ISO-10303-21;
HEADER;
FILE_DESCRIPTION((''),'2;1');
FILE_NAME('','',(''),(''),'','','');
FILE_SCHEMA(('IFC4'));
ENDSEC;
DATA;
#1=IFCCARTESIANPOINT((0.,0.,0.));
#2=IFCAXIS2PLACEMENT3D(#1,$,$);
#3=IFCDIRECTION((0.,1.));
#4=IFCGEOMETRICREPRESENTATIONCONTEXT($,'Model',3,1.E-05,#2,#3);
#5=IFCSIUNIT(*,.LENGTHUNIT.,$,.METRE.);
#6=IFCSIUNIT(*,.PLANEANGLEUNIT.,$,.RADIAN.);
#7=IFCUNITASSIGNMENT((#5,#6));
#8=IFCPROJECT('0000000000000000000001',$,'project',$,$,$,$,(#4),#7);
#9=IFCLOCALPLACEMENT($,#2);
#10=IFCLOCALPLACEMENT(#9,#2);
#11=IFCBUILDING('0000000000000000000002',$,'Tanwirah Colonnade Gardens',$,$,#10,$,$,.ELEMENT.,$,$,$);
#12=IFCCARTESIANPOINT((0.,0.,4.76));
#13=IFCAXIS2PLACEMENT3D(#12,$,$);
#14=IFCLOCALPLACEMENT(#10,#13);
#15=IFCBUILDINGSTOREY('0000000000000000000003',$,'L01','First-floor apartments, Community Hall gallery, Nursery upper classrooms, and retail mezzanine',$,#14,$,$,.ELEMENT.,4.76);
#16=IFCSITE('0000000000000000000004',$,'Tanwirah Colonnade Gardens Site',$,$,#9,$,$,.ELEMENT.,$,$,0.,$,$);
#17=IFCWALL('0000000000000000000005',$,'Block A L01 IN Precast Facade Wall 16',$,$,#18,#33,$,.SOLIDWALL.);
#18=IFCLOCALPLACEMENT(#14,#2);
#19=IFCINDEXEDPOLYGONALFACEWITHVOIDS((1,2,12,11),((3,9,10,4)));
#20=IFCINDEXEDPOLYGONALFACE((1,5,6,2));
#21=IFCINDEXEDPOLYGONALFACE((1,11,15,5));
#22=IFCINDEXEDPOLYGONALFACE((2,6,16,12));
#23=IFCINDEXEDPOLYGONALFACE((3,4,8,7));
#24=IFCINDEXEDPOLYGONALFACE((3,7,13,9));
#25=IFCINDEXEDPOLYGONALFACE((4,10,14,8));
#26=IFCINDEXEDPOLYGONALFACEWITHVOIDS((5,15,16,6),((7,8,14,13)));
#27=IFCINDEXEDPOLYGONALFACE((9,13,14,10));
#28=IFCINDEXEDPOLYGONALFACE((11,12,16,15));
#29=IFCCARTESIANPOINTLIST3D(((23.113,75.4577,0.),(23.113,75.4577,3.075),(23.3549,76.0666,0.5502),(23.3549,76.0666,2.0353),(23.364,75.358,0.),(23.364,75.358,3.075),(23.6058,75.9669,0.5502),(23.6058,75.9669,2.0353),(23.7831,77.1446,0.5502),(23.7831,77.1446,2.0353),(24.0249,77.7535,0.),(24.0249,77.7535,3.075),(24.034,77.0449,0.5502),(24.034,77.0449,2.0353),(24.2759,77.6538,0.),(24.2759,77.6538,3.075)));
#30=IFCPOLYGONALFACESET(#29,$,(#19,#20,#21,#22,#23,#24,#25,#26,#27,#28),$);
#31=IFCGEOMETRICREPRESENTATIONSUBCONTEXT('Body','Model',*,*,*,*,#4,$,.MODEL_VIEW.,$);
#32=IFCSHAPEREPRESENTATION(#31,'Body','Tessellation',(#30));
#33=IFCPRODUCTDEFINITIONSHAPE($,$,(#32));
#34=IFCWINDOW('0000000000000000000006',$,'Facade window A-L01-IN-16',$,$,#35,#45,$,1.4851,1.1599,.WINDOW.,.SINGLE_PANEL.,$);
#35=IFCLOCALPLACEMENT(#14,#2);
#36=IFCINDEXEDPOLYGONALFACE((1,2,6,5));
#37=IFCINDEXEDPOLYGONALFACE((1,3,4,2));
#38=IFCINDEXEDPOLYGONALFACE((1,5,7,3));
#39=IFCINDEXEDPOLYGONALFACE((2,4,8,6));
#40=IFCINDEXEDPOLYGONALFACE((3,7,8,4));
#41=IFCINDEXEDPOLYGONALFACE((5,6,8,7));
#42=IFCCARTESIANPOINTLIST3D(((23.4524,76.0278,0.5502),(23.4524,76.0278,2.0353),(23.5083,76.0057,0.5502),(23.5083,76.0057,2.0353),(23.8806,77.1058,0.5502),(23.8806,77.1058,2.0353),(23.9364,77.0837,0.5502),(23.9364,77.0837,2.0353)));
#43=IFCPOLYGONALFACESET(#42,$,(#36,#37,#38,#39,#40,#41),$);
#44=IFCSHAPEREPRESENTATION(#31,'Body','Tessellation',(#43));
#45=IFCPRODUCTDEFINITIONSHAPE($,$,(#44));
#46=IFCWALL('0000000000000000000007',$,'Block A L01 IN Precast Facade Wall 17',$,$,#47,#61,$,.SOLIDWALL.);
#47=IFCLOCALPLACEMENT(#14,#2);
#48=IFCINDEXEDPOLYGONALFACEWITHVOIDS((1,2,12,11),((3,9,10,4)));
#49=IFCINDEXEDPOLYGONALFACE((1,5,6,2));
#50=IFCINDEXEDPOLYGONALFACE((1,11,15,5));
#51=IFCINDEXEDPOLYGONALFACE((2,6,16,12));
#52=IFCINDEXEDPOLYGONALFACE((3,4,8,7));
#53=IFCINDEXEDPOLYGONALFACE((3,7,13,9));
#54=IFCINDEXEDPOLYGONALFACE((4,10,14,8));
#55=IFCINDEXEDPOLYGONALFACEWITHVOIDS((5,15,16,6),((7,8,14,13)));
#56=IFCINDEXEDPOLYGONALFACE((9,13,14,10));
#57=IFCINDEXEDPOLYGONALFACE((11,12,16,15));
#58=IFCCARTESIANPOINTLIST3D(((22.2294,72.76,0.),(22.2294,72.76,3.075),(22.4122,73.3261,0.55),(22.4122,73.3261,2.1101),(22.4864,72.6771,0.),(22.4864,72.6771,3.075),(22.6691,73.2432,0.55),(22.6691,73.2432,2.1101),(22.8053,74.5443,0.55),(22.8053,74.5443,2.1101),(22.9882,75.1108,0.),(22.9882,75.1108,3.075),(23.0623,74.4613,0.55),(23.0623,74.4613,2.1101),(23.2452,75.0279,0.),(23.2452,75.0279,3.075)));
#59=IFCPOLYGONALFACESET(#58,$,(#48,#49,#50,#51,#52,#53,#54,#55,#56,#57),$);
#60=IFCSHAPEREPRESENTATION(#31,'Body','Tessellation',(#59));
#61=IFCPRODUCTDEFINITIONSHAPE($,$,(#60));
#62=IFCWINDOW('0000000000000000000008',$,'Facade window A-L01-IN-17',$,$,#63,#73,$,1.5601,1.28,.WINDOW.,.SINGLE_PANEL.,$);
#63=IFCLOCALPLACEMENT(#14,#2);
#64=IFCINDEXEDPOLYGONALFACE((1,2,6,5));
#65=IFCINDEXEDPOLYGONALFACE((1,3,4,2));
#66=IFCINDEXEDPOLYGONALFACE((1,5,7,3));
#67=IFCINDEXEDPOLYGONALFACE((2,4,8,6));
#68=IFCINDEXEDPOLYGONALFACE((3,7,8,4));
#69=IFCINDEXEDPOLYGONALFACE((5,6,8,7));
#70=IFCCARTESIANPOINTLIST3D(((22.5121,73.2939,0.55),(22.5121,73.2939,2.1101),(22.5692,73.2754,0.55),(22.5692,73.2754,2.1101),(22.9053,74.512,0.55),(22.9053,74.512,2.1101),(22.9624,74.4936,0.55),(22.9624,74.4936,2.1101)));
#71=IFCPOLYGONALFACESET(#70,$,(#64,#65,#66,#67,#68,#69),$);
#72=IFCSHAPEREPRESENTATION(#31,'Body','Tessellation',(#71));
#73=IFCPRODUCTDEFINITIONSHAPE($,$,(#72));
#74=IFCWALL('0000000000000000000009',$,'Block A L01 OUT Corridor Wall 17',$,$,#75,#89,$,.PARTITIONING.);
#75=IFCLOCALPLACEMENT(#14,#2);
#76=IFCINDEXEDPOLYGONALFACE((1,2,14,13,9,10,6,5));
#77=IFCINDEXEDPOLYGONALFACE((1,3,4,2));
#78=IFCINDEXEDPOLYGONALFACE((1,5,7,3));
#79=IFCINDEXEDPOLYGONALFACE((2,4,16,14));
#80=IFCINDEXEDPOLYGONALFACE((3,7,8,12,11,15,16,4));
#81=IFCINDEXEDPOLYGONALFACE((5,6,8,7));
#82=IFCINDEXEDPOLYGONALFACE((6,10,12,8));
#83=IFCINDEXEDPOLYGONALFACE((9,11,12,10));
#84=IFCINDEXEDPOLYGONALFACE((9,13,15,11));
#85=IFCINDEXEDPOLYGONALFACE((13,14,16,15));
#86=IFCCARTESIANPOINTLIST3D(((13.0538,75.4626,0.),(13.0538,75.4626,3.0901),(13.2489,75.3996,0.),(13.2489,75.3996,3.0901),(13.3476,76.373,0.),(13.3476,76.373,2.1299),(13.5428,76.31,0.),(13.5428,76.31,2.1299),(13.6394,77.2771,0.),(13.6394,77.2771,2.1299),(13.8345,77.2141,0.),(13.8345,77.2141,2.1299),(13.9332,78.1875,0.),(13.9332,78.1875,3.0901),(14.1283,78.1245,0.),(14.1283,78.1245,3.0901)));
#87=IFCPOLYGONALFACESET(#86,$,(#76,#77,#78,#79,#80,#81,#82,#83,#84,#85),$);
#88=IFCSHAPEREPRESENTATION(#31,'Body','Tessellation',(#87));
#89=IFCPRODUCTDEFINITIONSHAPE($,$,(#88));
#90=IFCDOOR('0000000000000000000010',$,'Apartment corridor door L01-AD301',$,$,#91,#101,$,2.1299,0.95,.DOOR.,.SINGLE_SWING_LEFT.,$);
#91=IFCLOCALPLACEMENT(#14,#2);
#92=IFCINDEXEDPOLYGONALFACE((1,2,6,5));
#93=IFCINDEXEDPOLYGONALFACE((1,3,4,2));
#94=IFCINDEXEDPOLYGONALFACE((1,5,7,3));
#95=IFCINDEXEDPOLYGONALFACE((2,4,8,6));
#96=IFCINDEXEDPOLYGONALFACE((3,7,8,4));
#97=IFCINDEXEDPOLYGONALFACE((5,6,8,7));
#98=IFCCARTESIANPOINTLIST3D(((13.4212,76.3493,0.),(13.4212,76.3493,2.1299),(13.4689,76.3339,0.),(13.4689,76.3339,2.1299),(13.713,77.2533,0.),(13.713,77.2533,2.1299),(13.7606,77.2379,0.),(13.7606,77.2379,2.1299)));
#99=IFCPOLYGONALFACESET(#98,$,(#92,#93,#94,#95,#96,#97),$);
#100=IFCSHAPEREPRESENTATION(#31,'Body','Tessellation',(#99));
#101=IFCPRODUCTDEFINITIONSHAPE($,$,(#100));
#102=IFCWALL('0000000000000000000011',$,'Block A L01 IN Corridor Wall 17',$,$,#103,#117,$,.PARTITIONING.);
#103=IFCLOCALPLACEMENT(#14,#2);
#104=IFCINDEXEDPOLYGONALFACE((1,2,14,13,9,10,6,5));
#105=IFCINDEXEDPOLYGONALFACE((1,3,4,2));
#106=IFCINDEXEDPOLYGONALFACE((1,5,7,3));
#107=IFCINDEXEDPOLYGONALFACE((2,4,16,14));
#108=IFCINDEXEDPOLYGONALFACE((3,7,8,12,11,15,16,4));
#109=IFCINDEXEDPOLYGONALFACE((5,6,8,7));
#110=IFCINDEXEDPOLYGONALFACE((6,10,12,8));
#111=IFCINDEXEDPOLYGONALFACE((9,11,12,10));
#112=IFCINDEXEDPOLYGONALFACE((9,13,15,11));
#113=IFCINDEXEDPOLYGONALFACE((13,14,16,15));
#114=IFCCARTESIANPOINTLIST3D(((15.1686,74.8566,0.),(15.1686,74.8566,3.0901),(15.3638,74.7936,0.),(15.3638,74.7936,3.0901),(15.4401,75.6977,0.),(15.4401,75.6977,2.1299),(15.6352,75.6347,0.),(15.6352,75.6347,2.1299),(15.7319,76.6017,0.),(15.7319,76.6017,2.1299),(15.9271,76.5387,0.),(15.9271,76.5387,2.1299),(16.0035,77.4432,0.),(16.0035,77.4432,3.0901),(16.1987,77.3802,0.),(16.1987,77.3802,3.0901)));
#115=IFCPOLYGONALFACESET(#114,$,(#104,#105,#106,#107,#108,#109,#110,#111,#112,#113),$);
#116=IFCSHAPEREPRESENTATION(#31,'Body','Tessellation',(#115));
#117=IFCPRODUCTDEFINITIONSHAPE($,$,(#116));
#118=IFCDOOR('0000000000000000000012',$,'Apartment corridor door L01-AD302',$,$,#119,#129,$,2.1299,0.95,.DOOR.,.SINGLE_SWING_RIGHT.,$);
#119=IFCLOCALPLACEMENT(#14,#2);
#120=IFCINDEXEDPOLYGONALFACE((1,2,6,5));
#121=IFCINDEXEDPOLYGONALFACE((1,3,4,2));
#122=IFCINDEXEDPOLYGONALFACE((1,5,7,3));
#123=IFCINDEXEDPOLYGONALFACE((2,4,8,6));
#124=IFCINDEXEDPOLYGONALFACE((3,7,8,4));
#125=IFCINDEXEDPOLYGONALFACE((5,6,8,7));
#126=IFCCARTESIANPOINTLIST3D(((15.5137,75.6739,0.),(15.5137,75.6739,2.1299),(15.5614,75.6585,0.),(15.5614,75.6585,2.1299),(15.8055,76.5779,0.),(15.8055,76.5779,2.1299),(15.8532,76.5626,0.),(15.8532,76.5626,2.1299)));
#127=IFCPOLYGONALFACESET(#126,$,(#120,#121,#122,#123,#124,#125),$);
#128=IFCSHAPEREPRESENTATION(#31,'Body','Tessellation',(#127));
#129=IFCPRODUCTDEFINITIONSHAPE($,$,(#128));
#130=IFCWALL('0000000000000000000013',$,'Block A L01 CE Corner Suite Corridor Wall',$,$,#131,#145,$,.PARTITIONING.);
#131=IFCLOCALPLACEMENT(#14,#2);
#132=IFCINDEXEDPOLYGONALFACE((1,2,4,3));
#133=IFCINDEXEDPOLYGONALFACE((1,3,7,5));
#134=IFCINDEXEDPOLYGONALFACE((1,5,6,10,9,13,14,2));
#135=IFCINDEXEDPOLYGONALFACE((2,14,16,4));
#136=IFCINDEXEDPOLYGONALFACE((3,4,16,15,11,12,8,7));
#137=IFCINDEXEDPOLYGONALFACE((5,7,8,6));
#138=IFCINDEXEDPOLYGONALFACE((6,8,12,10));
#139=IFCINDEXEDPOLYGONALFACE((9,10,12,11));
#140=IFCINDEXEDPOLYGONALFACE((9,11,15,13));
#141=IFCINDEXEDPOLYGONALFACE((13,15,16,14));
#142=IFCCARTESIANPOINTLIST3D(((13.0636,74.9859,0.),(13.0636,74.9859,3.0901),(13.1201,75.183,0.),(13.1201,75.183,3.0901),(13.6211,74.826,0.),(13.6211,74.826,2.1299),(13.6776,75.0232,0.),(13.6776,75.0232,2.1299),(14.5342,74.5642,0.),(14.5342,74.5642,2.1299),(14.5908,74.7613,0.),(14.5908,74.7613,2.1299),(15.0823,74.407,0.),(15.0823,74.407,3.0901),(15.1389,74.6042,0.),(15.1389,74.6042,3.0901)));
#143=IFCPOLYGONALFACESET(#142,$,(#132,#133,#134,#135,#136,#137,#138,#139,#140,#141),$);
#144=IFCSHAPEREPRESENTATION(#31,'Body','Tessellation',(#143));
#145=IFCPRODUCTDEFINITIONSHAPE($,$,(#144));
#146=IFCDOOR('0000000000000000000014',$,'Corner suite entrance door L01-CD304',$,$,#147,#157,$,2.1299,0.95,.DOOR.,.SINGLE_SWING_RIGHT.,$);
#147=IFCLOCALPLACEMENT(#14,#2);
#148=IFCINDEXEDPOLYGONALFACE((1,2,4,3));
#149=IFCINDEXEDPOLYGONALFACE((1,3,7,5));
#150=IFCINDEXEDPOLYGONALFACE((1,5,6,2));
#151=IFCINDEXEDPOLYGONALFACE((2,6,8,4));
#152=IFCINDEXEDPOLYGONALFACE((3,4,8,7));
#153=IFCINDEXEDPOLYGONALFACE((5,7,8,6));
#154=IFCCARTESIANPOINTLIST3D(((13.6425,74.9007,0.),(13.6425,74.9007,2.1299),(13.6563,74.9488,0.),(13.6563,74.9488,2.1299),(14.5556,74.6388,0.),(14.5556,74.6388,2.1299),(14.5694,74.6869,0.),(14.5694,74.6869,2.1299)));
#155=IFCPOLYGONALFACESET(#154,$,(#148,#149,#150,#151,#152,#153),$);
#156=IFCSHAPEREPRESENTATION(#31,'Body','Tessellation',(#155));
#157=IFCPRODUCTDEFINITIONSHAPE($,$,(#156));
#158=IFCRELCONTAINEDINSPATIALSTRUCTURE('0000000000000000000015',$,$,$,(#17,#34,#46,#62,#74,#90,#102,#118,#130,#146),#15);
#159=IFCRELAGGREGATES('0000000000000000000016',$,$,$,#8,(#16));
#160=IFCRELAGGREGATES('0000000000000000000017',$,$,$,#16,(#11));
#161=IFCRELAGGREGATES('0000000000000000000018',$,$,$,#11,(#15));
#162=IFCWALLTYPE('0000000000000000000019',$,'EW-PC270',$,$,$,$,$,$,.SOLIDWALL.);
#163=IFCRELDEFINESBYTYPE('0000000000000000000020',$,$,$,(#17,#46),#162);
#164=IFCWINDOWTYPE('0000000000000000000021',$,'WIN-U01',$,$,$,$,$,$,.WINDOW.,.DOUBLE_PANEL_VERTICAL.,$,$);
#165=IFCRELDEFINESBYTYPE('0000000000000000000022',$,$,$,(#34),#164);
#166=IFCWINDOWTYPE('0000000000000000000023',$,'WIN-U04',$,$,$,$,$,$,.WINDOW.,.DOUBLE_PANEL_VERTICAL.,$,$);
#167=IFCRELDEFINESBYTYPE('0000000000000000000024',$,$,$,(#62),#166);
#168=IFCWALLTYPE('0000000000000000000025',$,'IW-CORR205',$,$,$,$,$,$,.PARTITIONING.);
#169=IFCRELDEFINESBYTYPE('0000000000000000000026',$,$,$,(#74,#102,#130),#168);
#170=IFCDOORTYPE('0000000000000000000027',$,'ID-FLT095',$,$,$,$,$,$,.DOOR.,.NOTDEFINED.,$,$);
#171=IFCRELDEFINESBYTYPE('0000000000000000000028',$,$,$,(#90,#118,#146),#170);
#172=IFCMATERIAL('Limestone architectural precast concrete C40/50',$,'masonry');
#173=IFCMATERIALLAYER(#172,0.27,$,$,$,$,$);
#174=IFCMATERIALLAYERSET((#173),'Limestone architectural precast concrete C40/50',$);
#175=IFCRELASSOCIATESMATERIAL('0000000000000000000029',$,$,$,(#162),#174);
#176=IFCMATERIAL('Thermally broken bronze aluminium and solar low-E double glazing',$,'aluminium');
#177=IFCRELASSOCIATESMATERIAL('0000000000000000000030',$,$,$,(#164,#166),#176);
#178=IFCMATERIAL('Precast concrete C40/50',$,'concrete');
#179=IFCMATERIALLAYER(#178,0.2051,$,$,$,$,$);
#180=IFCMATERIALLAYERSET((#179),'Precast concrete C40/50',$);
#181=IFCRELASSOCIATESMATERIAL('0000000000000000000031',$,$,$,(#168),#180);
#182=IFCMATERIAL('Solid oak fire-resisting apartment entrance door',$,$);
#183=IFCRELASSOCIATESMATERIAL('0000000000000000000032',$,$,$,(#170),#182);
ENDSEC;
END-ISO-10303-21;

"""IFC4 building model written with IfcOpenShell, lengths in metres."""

from ifc_helpers import new_model, si_unit, direction, frame, frame_2d, origin, place, context, subcontext, project, spatial, rectangle, extrude, material, layer, layer_set, type_object, element, fill, save


model = new_model("IFC4")

# Units and contexts
model_context = context("Model", 3, precision=1e-05, world=origin(), true_north=direction((0.0, 1.0)))
body_context = subcontext(model_context, "Body", "Model", "MODEL_VIEW")
ifc_project = project(units=[si_unit("LENGTHUNIT", "METRE"), si_unit("PLANEANGLEUNIT", "RADIAN")], contexts=[model_context])

# Site, building, storey
site_placement = place(None, origin())
site = spatial("IfcSite", under=ifc_project, at=site_placement, Name="Tanwirah Colonnade Gardens Site", CompositionType="ELEMENT", RefElevation=0.0)
building_placement = place(site_placement, origin())
building = spatial("IfcBuilding", under=site, at=building_placement, Name="Tanwirah Colonnade Gardens", CompositionType="ELEMENT")
storey_placement = place(building_placement, frame((0.0, 0.0, 4.76)))
storey = spatial("IfcBuildingStorey", under=building, at=storey_placement, Name="L01", Description="First-floor apartments, Community Hall gallery, Nursery upper classrooms, and retail mezzanine", CompositionType="ELEMENT", Elevation=4.76)

# Shared definitions
ifc_material_1 = material(Name="Precast concrete C40/50", Category="concrete")

# Walls, openings, windows
ifc_material_2 = material(Name="Limestone architectural precast concrete C40/50", Category="masonry")
ifc_layer_1 = layer(ifc_material_2, 0.27)
ifc_layer_set_1 = layer_set([ifc_layer_1], Name="Limestone architectural precast concrete C40/50")
wall_type_1 = type_object("IfcWallType", Name="EW-PC270", PredefinedType="SOLIDWALL", material=ifc_layer_set_1)
wall_1_placement = place(storey_placement, frame((24.1504, 77.7036, 0.0), z_axis=(0.0, 0.0, 1.0), x_axis=(-0.369157, -0.929367, 0.0)))
wall_1 = element("IfcWall", 1, at=wall_1_placement, inside=storey, type_object=wall_type_1, Name="Block A L01 IN Precast Facade Wall 16", PredefinedType="SOLIDWALL", context=body_context, shape_type="SweptSolid", body=[
    extrude(rectangle(XDim=2.4702, YDim=0.27, at=frame_2d((1.2351, 0.0))), origin(), (0.0, 0.0, 1.0), 3.075),
])
opening_1_placement = place(wall_1_placement, frame((0.655, 0.0, 0.55)))
opening_1 = element("IfcOpeningElement", 2, at=opening_1_placement, cuts=wall_1, PredefinedType="OPENING", context=body_context, shape_type="SweptSolid", body=[
    extrude(rectangle(XDim=1.1599, YDim=1.4851, at=frame_2d((0.5801, 0.7427))), frame((0.0, 0.145, 0.0), z_axis=(0.0, -1.0, 0.0), x_axis=(1.0, 0.0, 0.0)), (0.0, 0.0, 1.0), 0.29),
])
ifc_material_3 = material(Name="Thermally broken bronze aluminium and solar low-E double glazing", Category="aluminium")
window_type_1 = type_object("IfcWindowType", Name="WIN-U01", PartitioningType="DOUBLE_PANEL_VERTICAL", PredefinedType="WINDOW", material=ifc_material_3)
window_1_placement = place(opening_1_placement, origin())
window_1 = element("IfcWindow", 3, at=window_1_placement, inside=storey, type_object=window_type_1, Name="Facade window A-L01-IN-16", OverallHeight=1.4851, OverallWidth=1.1599, PartitioningType="SINGLE_PANEL", PredefinedType="WINDOW", context=body_context, shape_type="SweptSolid", body=[
    extrude(rectangle(XDim=1.1599, YDim=1.4851, at=frame_2d((0.5801, 0.7427))), frame((0.0, 0.03, 0.0), z_axis=(0.0, -1.0, 0.0), x_axis=(1.0, 0.0, 0.0)), (0.0, 0.0, 1.0), 0.0601),
])
fill(opening_1, window_1)
wall_2_placement = place(storey_placement, frame((23.1167, 75.0693, 0.0), z_axis=(0.0, 0.0, 1.0), x_axis=(-0.30717, -0.951655, 0.0)))
wall_2 = element("IfcWall", 4, at=wall_2_placement, inside=storey, type_object=wall_type_1, Name="Block A L01 IN Precast Facade Wall 17", PredefinedType="SOLIDWALL", context=body_context, shape_type="SweptSolid", body=[
    extrude(rectangle(XDim=2.4702, YDim=0.27, at=frame_2d((1.2351, 0.0))), origin(), (0.0, 0.0, 1.0), 3.075),
])
opening_2_placement = place(wall_2_placement, frame((0.5952, 0.0, 0.55)))
opening_2 = element("IfcOpeningElement", 5, at=opening_2_placement, cuts=wall_2, PredefinedType="OPENING", context=body_context, shape_type="SweptSolid", body=[
    extrude(rectangle(XDim=1.28, YDim=1.5601, at=frame_2d((0.6401, 0.78))), frame((0.0, 0.145, 0.0), z_axis=(0.0, -1.0, 0.0), x_axis=(1.0, 0.0, 0.0)), (0.0, 0.0, 1.0), 0.29),
])
window_type_2 = type_object("IfcWindowType", Name="WIN-U04", PartitioningType="DOUBLE_PANEL_VERTICAL", PredefinedType="WINDOW", material=ifc_material_3)
window_2_placement = place(opening_2_placement, origin())
window_2 = element("IfcWindow", 6, at=window_2_placement, inside=storey, type_object=window_type_2, Name="Facade window A-L01-IN-17", OverallHeight=1.5601, OverallWidth=1.28, PartitioningType="SINGLE_PANEL", PredefinedType="WINDOW", context=body_context, shape_type="SweptSolid", body=[
    extrude(rectangle(XDim=1.28, YDim=1.5601, at=frame_2d((0.6401, 0.78))), frame((0.0, 0.03, 0.0), z_axis=(0.0, -1.0, 0.0), x_axis=(1.0, 0.0, 0.0)), (0.0, 0.0, 1.0), 0.0601),
])
fill(opening_2, window_2)

# Walls, openings, doors
ifc_layer_2 = layer(ifc_material_1, 0.2051)
ifc_layer_set_2 = layer_set([ifc_layer_2], Name="Precast concrete C40/50")
wall_type_2 = type_object("IfcWallType", Name="IW-CORR205", PredefinedType="PARTITIONING", material=ifc_layer_set_2)
wall_3_placement = place(storey_placement, frame((14.0308, 78.156, 0.0), z_axis=(0.0, 0.0, 1.0), x_axis=(-0.307132, -0.951667, 0.0)))
wall_3 = element("IfcWall", 7, at=wall_3_placement, inside=storey, type_object=wall_type_2, Name="Block A L01 OUT Corridor Wall 17", PredefinedType="PARTITIONING", context=body_context, shape_type="SweptSolid", body=[
    extrude(rectangle(XDim=2.8633, YDim=0.2051, at=frame_2d((1.4316, 0.0))), origin(), (0.0, 0.0, 1.0), 3.0901),
])
opening_3_placement = place(wall_3_placement, frame((0.9565, 0.0, 0.0)))
opening_3 = element("IfcOpeningElement", 8, at=opening_3_placement, cuts=wall_3, PredefinedType="OPENING", context=body_context, shape_type="SweptSolid", body=[
    extrude(rectangle(XDim=0.95, YDim=2.1299, at=frame_2d((0.4751, 1.0649))), frame((0.0, 0.1125, 0.0), z_axis=(0.0, -1.0, 0.0), x_axis=(1.0, 0.0, 0.0)), (0.0, 0.0, 1.0), 0.2251),
])
ifc_material_4 = material(Name="Solid oak fire-resisting apartment entrance door")
door_type = type_object("IfcDoorType", Name="ID-FLT095", OperationType="NOTDEFINED", PredefinedType="DOOR", material=ifc_material_4)
door_1_placement = place(opening_3_placement, origin())
door_1 = element("IfcDoor", 9, at=door_1_placement, inside=storey, type_object=door_type, Name="Apartment corridor door L01-AD301", OperationType="SINGLE_SWING_LEFT", OverallHeight=2.1299, OverallWidth=0.95, PredefinedType="DOOR", context=body_context, shape_type="SweptSolid", body=[
    extrude(rectangle(XDim=0.95, YDim=2.1299, at=frame_2d((0.4751, 1.0649))), frame((0.0, 0.0249, 0.0), z_axis=(0.0, -1.0, 0.0), x_axis=(1.0, 0.0, 0.0)), (0.0, 0.0, 1.0), 0.05),
])
fill(opening_3, door_1)
wall_4_placement = place(storey_placement, frame((16.1011, 77.4116, 0.0), z_axis=(0.0, 0.0, 1.0), x_axis=(-0.307186, -0.951649, 0.0)))
wall_4 = element("IfcWall", 10, at=wall_4_placement, inside=storey, type_object=wall_type_2, Name="Block A L01 IN Corridor Wall 17", PredefinedType="PARTITIONING", context=body_context, shape_type="SweptSolid", body=[
    extrude(rectangle(XDim=2.718, YDim=0.2051, at=frame_2d((1.3589, 0.0))), origin(), (0.0, 0.0, 1.0), 3.0901),
])
opening_4_placement = place(wall_4_placement, frame((0.884, 0.0, 0.0)))
opening_4 = element("IfcOpeningElement", 11, at=opening_4_placement, cuts=wall_4, PredefinedType="OPENING", context=body_context, shape_type="SweptSolid", body=[
    extrude(rectangle(XDim=0.95, YDim=2.1299, at=frame_2d((0.4751, 1.0649))), frame((0.0, 0.1125, 0.0), z_axis=(0.0, -1.0, 0.0), x_axis=(1.0, 0.0, 0.0)), (0.0, 0.0, 1.0), 0.2251),
])
door_2_placement = place(opening_4_placement, origin())
door_2 = element("IfcDoor", 12, at=door_2_placement, inside=storey, type_object=door_type, Name="Apartment corridor door L01-AD302", OperationType="SINGLE_SWING_RIGHT", OverallHeight=2.1299, OverallWidth=0.95, PredefinedType="DOOR", context=body_context, shape_type="SweptSolid", body=[
    extrude(rectangle(XDim=0.95, YDim=2.1299, at=frame_2d((0.4751, 1.0649))), frame((0.0, 0.0249, 0.0), z_axis=(0.0, -1.0, 0.0), x_axis=(1.0, 0.0, 0.0)), (0.0, 0.0, 1.0), 0.05),
])
fill(opening_4, door_2)
wall_5_placement = place(storey_placement, frame((15.1106, 74.5056, 0.0), z_axis=(0.0, 0.0, 1.0), x_axis=(-0.961265, 0.275627, 0.0)))
wall_5 = element("IfcWall", 13, at=wall_5_placement, inside=storey, type_object=wall_type_2, Name="Block A L01 CE Corner Suite Corridor Wall", PredefinedType="PARTITIONING", context=body_context, shape_type="SweptSolid", body=[
    extrude(rectangle(XDim=2.1001, YDim=0.2051, at=frame_2d((1.05, 0.0))), origin(), (0.0, 0.0, 1.0), 3.0901),
])
opening_5_placement = place(wall_5_placement, frame((0.5701, 0.0, 0.0)))
opening_5 = element("IfcOpeningElement", 14, at=opening_5_placement, cuts=wall_5, PredefinedType="OPENING", context=body_context, shape_type="SweptSolid", body=[
    extrude(rectangle(XDim=0.95, YDim=2.1299, at=frame_2d((0.4751, 1.0649))), frame((0.0, 0.1125, 0.0), z_axis=(0.0, -1.0, 0.0), x_axis=(1.0, 0.0, 0.0)), (0.0, 0.0, 1.0), 0.2251),
])
door_3_placement = place(opening_5_placement, origin())
door_3 = element("IfcDoor", 15, at=door_3_placement, inside=storey, type_object=door_type, Name="Corner suite entrance door L01-CD304", OperationType="SINGLE_SWING_RIGHT", OverallHeight=2.1299, OverallWidth=0.95, PredefinedType="DOOR", context=body_context, shape_type="SweptSolid", body=[
    extrude(rectangle(XDim=0.95, YDim=2.1299, at=frame_2d((0.4751, 1.0649))), frame((0.0, 0.0249, 0.0), z_axis=(0.0, -1.0, 0.0), x_axis=(1.0, 0.0, 0.0)), (0.0, 0.0, 1.0), 0.05),
])
fill(opening_5, door_3)

save(model, "model.ifc")
